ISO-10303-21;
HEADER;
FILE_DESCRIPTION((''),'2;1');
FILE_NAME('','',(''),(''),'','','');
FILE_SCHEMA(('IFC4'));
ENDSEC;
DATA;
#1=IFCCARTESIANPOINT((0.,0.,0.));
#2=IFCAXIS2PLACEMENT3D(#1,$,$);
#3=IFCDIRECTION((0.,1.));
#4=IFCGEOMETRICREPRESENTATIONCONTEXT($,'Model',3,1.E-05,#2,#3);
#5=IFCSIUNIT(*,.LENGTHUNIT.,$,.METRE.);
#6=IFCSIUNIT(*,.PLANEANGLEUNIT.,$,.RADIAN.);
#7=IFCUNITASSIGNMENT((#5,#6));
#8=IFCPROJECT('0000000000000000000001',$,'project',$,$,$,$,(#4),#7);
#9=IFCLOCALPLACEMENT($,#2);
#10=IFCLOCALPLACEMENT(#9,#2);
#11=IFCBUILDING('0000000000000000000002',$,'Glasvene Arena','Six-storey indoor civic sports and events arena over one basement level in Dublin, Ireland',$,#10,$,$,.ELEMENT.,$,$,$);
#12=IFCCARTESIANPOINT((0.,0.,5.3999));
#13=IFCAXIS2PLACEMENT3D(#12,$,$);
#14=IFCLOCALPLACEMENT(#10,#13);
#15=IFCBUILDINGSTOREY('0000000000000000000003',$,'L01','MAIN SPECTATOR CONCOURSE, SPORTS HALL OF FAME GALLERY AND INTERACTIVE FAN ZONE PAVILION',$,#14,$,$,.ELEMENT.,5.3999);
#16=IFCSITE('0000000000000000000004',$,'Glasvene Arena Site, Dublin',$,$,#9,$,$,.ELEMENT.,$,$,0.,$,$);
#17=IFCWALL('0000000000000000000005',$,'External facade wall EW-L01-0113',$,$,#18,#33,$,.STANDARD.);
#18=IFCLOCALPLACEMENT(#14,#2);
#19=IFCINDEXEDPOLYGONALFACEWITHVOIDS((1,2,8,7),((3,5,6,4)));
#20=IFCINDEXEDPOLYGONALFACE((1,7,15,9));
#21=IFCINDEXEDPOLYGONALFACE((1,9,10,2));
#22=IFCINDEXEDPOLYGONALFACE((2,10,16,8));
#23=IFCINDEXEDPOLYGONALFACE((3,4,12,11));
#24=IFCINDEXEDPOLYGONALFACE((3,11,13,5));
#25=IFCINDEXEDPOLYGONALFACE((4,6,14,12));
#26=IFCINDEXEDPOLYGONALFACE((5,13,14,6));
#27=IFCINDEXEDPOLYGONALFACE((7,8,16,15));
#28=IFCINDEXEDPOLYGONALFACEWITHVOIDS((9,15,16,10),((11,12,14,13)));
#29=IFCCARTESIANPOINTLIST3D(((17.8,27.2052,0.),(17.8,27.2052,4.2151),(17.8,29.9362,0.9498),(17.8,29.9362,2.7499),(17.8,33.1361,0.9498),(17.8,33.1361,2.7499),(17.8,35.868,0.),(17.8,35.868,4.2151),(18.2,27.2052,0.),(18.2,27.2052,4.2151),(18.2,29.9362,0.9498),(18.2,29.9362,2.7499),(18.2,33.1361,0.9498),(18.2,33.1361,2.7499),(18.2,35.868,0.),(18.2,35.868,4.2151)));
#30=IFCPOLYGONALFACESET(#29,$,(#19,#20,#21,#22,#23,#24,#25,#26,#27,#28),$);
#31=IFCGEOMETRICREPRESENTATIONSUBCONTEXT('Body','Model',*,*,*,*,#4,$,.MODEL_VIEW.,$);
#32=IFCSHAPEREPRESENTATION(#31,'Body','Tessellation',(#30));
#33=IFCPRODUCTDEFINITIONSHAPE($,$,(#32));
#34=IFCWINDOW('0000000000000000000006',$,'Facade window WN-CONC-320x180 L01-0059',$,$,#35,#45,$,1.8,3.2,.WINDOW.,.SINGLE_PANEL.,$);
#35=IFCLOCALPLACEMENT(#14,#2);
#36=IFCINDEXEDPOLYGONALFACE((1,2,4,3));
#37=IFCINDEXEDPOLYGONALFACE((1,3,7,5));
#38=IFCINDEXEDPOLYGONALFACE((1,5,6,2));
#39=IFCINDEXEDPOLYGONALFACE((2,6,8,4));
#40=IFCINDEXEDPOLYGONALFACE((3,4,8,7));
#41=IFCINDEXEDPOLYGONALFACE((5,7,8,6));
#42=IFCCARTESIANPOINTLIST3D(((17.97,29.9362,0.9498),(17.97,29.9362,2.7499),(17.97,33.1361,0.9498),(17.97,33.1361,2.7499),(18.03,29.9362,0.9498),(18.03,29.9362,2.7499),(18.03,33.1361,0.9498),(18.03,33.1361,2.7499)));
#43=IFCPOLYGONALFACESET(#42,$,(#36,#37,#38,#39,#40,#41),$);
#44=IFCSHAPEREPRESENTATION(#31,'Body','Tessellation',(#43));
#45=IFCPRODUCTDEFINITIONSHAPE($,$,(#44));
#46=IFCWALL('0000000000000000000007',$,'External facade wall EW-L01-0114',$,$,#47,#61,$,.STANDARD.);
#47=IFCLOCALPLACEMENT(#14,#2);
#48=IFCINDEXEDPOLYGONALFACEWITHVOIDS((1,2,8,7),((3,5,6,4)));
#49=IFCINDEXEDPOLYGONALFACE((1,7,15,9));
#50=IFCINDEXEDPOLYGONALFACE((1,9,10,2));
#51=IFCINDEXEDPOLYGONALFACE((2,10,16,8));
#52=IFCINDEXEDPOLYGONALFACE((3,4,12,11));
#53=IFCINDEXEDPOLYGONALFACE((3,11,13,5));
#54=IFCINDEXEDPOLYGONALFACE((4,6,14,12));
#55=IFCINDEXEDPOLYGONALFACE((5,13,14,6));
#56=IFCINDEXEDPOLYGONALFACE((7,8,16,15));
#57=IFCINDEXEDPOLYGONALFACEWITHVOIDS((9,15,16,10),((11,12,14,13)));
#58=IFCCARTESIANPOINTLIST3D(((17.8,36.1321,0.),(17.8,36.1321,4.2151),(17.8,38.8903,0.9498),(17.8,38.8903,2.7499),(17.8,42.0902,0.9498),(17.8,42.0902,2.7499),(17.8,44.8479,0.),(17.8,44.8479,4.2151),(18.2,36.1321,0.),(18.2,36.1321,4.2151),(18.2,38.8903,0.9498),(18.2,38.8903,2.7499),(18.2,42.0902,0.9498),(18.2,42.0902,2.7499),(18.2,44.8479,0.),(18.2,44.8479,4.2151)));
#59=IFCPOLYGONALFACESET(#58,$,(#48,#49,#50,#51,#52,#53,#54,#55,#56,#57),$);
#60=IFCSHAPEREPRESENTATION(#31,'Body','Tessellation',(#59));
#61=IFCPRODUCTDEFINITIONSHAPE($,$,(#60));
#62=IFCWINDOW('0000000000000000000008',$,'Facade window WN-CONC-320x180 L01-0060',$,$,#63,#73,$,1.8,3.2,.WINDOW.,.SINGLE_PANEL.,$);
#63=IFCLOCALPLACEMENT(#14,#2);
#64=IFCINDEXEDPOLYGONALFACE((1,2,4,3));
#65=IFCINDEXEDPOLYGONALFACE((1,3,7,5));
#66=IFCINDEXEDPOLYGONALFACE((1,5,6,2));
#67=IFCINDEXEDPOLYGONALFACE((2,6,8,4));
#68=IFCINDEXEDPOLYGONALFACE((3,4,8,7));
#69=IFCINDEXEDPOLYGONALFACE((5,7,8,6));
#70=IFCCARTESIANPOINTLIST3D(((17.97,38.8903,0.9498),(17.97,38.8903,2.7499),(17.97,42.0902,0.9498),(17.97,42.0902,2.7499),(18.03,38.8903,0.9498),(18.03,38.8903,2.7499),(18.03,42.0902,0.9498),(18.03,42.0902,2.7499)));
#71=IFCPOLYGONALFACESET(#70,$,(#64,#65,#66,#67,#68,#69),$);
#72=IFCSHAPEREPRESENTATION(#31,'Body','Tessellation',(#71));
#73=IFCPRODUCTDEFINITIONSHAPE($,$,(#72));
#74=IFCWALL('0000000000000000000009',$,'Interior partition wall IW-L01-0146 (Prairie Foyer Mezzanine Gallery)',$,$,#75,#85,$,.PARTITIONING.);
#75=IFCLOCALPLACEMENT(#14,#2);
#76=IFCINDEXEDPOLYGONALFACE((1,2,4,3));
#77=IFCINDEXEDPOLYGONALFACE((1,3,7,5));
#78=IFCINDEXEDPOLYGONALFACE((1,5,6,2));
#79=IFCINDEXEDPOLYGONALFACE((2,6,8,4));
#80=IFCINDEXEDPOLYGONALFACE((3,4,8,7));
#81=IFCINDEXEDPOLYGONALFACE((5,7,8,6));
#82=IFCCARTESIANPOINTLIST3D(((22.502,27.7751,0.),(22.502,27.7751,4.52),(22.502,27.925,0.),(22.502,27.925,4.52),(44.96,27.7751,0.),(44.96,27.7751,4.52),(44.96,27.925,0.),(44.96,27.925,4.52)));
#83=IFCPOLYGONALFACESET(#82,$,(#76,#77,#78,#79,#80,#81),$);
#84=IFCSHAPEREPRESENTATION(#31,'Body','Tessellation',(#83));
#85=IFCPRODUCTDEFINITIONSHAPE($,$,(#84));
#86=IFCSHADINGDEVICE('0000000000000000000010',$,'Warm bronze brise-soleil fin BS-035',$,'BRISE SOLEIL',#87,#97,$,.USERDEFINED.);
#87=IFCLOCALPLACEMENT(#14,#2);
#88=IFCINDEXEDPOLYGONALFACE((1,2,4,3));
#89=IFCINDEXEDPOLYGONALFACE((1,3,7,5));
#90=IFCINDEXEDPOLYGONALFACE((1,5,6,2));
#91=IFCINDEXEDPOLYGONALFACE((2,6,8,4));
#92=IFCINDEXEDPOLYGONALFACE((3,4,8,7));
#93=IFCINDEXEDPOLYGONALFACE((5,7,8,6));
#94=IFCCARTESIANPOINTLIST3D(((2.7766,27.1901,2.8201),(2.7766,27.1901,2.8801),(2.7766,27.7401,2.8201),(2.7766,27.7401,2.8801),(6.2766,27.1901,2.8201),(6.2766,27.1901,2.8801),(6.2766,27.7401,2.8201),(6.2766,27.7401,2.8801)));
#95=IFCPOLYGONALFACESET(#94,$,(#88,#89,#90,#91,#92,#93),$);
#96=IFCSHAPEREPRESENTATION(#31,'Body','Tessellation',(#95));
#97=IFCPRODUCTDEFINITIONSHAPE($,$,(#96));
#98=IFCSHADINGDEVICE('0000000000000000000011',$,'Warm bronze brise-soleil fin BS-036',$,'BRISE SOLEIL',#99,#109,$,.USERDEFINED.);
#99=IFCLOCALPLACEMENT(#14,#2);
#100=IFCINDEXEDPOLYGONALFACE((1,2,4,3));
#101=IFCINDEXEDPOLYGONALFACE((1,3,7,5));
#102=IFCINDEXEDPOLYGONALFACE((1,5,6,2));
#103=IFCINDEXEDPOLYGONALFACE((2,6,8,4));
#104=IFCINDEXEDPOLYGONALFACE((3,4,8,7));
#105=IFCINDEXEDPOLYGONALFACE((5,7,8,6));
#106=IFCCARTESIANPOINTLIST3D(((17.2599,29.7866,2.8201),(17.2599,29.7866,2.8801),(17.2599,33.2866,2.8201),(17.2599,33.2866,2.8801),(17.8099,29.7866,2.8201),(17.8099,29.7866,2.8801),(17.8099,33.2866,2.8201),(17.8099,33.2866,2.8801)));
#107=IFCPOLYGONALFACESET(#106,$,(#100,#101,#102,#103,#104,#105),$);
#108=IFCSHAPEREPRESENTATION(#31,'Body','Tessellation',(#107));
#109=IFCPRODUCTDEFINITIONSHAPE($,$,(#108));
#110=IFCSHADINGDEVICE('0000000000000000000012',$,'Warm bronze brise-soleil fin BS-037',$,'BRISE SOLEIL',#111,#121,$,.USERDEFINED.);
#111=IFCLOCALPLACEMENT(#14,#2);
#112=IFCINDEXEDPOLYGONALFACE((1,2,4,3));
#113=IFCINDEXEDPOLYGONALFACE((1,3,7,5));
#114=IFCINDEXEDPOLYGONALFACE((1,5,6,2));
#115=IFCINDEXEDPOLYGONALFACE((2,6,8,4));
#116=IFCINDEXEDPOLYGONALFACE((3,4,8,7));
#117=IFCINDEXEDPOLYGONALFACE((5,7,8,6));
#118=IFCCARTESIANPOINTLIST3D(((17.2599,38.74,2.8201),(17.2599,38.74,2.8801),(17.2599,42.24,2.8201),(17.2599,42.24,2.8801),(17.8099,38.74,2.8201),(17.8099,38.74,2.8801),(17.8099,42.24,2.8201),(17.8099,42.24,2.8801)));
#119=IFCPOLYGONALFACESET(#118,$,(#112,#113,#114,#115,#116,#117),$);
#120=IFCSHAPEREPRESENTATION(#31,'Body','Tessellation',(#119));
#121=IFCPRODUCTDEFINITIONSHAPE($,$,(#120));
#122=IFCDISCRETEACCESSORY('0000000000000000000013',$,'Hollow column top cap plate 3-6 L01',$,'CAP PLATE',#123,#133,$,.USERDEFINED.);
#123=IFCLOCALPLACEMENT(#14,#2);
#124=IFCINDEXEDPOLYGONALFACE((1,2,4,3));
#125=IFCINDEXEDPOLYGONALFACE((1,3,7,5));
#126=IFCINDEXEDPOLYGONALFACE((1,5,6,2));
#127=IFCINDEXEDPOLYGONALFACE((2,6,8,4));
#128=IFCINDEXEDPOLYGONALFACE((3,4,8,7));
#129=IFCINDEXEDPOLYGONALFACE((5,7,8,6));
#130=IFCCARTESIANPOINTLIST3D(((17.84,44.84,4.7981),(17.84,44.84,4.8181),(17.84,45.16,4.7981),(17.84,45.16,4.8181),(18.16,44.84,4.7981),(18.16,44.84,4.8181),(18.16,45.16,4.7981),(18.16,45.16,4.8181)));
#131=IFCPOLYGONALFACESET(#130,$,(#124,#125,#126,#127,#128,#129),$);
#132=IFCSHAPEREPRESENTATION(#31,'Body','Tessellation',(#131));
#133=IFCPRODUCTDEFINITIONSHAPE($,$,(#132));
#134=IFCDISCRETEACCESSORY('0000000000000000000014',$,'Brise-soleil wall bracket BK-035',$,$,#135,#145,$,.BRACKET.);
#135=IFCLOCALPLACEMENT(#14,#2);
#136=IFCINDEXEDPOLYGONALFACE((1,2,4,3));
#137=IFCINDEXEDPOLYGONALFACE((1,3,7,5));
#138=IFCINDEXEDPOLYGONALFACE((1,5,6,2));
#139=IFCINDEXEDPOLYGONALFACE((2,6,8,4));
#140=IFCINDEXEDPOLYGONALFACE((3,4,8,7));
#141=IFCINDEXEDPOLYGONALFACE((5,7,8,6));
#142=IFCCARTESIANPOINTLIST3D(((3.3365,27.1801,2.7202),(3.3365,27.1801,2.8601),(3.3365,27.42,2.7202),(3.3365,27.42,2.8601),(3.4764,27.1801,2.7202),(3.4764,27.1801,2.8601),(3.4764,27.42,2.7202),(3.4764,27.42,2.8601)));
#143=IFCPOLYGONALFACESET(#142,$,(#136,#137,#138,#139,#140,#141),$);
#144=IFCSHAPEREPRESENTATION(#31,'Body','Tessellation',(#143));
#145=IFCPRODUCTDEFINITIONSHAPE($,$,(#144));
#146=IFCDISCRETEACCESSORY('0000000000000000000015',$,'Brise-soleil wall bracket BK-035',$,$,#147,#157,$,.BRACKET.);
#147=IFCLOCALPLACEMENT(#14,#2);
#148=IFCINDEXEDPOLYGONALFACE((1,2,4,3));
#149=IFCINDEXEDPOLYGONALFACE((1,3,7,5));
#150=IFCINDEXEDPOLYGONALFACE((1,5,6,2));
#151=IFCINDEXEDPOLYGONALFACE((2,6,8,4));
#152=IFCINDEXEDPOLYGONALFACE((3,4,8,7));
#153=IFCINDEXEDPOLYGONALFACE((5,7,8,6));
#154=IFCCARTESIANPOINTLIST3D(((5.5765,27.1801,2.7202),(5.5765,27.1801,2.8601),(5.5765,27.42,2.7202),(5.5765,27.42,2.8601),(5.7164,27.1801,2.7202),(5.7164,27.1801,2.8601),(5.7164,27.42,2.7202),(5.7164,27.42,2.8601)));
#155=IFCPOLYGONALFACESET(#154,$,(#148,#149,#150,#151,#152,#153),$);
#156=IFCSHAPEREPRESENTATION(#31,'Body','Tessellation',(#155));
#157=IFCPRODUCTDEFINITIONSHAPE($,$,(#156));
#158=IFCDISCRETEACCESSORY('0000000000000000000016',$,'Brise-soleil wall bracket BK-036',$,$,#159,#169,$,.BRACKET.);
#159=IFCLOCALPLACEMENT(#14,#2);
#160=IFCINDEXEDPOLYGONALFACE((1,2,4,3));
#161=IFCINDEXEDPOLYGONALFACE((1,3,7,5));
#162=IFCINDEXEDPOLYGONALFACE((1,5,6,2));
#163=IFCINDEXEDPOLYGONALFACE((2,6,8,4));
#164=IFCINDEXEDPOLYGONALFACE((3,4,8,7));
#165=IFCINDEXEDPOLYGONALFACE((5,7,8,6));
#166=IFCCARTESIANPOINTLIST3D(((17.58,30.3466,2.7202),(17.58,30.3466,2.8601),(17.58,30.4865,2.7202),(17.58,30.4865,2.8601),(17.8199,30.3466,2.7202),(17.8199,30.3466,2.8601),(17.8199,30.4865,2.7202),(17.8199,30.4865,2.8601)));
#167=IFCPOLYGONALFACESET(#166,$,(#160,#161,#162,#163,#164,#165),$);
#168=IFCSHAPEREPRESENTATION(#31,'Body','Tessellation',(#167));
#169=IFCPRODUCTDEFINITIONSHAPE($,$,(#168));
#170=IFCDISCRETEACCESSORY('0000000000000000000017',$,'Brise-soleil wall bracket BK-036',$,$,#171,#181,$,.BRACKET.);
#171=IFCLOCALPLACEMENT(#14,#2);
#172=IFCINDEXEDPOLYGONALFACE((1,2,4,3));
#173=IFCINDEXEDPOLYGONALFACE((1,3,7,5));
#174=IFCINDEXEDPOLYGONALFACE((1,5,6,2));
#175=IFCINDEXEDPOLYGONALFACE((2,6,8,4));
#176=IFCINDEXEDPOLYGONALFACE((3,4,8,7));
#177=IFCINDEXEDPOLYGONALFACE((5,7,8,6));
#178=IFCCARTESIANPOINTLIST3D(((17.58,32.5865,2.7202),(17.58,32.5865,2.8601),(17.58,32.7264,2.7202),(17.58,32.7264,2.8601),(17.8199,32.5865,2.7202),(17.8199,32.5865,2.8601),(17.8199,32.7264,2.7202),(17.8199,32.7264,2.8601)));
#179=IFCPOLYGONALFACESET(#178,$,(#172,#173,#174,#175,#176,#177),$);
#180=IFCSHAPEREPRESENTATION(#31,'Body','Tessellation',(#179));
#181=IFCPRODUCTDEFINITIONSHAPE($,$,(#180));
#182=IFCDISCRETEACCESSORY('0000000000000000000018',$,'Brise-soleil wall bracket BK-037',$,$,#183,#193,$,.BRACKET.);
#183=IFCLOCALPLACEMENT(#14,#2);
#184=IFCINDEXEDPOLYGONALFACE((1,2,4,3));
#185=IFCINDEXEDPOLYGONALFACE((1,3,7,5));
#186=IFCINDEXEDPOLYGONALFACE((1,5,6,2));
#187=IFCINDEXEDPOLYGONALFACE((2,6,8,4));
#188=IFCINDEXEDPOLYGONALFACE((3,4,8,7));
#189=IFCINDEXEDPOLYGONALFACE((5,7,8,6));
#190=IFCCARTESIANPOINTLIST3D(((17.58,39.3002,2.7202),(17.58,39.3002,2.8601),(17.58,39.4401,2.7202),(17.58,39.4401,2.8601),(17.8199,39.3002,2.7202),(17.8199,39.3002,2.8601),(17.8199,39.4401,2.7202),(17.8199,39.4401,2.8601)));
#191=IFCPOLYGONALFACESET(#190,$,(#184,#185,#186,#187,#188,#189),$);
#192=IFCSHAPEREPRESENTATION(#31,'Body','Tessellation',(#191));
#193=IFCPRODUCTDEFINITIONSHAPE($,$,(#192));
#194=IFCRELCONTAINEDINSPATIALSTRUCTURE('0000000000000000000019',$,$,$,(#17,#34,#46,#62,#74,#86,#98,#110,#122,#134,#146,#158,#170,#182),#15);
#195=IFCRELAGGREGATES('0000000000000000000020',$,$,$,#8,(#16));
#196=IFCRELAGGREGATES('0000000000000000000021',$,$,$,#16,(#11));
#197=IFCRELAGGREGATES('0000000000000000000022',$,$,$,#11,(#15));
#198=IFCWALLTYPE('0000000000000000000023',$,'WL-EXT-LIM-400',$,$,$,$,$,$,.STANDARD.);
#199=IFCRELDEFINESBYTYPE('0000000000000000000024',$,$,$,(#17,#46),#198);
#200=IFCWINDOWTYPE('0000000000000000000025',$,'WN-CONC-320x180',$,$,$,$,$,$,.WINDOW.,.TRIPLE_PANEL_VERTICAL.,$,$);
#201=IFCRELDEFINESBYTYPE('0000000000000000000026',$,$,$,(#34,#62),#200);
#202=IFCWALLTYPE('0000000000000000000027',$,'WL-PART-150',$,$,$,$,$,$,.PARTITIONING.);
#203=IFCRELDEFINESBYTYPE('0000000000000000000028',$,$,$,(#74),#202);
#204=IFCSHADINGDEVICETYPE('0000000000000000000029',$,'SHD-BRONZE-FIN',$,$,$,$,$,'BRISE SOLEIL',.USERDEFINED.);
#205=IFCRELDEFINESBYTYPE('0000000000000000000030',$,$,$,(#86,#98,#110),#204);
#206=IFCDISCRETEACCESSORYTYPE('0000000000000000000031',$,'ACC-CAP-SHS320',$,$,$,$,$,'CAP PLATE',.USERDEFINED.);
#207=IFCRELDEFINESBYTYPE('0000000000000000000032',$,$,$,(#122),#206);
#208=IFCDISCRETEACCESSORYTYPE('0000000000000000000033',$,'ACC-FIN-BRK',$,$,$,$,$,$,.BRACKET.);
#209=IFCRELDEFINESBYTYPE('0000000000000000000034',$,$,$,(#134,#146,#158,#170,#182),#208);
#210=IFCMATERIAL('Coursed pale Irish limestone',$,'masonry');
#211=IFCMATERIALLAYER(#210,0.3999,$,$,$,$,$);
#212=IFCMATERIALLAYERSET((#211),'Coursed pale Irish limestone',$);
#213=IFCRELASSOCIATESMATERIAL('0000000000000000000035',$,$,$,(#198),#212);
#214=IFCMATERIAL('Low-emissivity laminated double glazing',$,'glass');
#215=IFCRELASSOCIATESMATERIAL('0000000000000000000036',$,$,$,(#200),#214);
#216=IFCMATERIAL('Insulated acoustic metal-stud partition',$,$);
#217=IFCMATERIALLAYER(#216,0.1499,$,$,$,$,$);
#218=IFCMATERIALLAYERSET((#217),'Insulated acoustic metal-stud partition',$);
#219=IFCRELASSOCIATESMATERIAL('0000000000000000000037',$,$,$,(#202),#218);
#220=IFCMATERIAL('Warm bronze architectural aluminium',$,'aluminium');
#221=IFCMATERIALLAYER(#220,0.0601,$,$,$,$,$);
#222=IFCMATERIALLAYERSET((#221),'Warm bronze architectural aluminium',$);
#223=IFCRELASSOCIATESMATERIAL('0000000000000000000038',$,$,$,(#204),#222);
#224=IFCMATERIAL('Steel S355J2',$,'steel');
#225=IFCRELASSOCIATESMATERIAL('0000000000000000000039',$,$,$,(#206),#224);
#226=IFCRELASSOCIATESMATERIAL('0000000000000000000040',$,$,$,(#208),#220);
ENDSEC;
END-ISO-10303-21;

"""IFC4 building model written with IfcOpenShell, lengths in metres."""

from ifc_helpers import new_model, si_unit, direction, frame, frame_2d, origin, origin_2d, place, context, subcontext, project, spatial, rectangle, extrude, material, layer, layer_set, type_object, element, fill, save


model = new_model("IFC4")

# Units and contexts
model_context = context("Model", 3, precision=1e-05, world=origin(), true_north=direction((0.0, 1.0)))
body_context = subcontext(model_context, "Body", "Model", "MODEL_VIEW")
ifc_project = project(units=[si_unit("LENGTHUNIT", "METRE"), si_unit("PLANEANGLEUNIT", "RADIAN")], contexts=[model_context])

# Site, building, storey
site_placement = place(None, origin())
site = spatial("IfcSite", under=ifc_project, at=site_placement, Name="Glasvene Arena Site, Dublin", CompositionType="ELEMENT", RefElevation=0.0)
building_placement = place(site_placement, origin())
building = spatial("IfcBuilding", under=site, at=building_placement, Name="Glasvene Arena", Description="Six-storey indoor civic sports and events arena over one basement level in Dublin, Ireland", CompositionType="ELEMENT")
storey_placement = place(building_placement, frame((0.0, 0.0, 5.3999)))
storey = spatial("IfcBuildingStorey", under=building, at=storey_placement, Name="L01", Description="MAIN SPECTATOR CONCOURSE, SPORTS HALL OF FAME GALLERY AND INTERACTIVE FAN ZONE PAVILION", CompositionType="ELEMENT", Elevation=5.3999)

# Shared definitions
ifc_material_1 = material(Name="Steel S355J2", Category="steel")

# Shared definitions
ifc_material_2 = material(Name="Low-emissivity laminated double glazing", Category="glass")

# Walls, openings, windows
ifc_material_3 = material(Name="Coursed pale Irish limestone", Category="masonry")
ifc_layer_1 = layer(ifc_material_3, 0.3999)
ifc_layer_set_1 = layer_set([ifc_layer_1], Name="Coursed pale Irish limestone")
wall_type_1 = type_object("IfcWallType", Name="WL-EXT-LIM-400", PredefinedType="STANDARD", material=ifc_layer_set_1)
wall_1_placement = place(storey_placement, frame((18.0, 27.2051, 0.0), z_axis=(0.0, 0.0, 1.0), x_axis=(0.0, 1.0, 0.0)))
wall_1 = element("IfcWall", 1, at=wall_1_placement, inside=storey, type_object=wall_type_1, Name="External facade wall EW-L01-0113", PredefinedType="STANDARD", context=body_context, shape_type="SweptSolid", body=[
    extrude(rectangle(XDim=8.6628, YDim=0.3999, at=frame_2d((4.3315, 0.0))), origin(), (0.0, 0.0, 1.0), 4.2151),
])
opening_1_placement = place(wall_1_placement, frame((2.731, 0.0, 0.95)))
opening_1 = element("IfcOpeningElement", 2, at=opening_1_placement, cuts=wall_1, PredefinedType="OPENING", context=body_context, shape_type="SweptSolid", body=[
    extrude(rectangle(XDim=3.2, YDim=1.8, at=frame_2d((1.6001, 0.8999))), frame((0.0, 0.21, 0.0), z_axis=(0.0, -1.0, 0.0), x_axis=(1.0, 0.0, 0.0)), (0.0, 0.0, 1.0), 0.4199),
])
window_type = type_object("IfcWindowType", Name="WN-CONC-320x180", PartitioningType="TRIPLE_PANEL_VERTICAL", PredefinedType="WINDOW", material=ifc_material_2)
window_1_placement = place(opening_1_placement, origin())
window_1 = element("IfcWindow", 3, at=window_1_placement, inside=storey, type_object=window_type, Name="Facade window WN-CONC-320x180 L01-0059", OverallHeight=1.8, OverallWidth=3.2, PartitioningType="SINGLE_PANEL", PredefinedType="WINDOW", context=body_context, shape_type="SweptSolid", body=[
    extrude(rectangle(XDim=3.2, YDim=1.8, at=frame_2d((1.6001, 0.8999))), frame((0.0, 0.03, 0.0), z_axis=(0.0, -1.0, 0.0), x_axis=(1.0, 0.0, 0.0)), (0.0, 0.0, 1.0), 0.0601),
])
fill(opening_1, window_1)
wall_2_placement = place(storey_placement, frame((18.0, 36.1321, 0.0), z_axis=(0.0, 0.0, 1.0), x_axis=(0.0, 1.0, 0.0)))
wall_2 = element("IfcWall", 4, at=wall_2_placement, inside=storey, type_object=wall_type_1, Name="External facade wall EW-L01-0114", PredefinedType="STANDARD", context=body_context, shape_type="SweptSolid", body=[
    extrude(rectangle(XDim=8.7158, YDim=0.3999, at=frame_2d((4.3579, 0.0))), origin(), (0.0, 0.0, 1.0), 4.2151),
])
opening_2_placement = place(wall_2_placement, frame((2.7581, 0.0, 0.95)))
opening_2 = element("IfcOpeningElement", 5, at=opening_2_placement, cuts=wall_2, PredefinedType="OPENING", context=body_context, shape_type="SweptSolid", body=[
    extrude(rectangle(XDim=3.2, YDim=1.8, at=frame_2d((1.6001, 0.8999))), frame((0.0, 0.21, 0.0), z_axis=(0.0, -1.0, 0.0), x_axis=(1.0, 0.0, 0.0)), (0.0, 0.0, 1.0), 0.4199),
])
window_2_placement = place(opening_2_placement, origin())
window_2 = element("IfcWindow", 6, at=window_2_placement, inside=storey, type_object=window_type, Name="Facade window WN-CONC-320x180 L01-0060", OverallHeight=1.8, OverallWidth=3.2, PartitioningType="SINGLE_PANEL", PredefinedType="WINDOW", context=body_context, shape_type="SweptSolid", body=[
    extrude(rectangle(XDim=3.2, YDim=1.8, at=frame_2d((1.6001, 0.8999))), frame((0.0, 0.03, 0.0), z_axis=(0.0, -1.0, 0.0), x_axis=(1.0, 0.0, 0.0)), (0.0, 0.0, 1.0), 0.0601),
])
fill(opening_2, window_2)

# Wall
ifc_material_4 = material(Name="Insulated acoustic metal-stud partition")
ifc_layer_2 = layer(ifc_material_4, 0.1499)
ifc_layer_set_2 = layer_set([ifc_layer_2], Name="Insulated acoustic metal-stud partition")
wall_type_2 = type_object("IfcWallType", Name="WL-PART-150", PredefinedType="PARTITIONING", material=ifc_layer_set_2)
wall_3_placement = place(storey_placement, frame((22.502, 27.8501, 0.0), z_axis=(0.0, 0.0, 1.0), x_axis=(1.0, 0.0, 0.0)))
element("IfcWall", 7, at=wall_3_placement, inside=storey, type_object=wall_type_2, Name="Interior partition wall IW-L01-0146 (Prairie Foyer Mezzanine Gallery)", PredefinedType="PARTITIONING", context=body_context, shape_type="SweptSolid", body=[
    extrude(rectangle(XDim=22.458, YDim=0.1499, at=frame_2d((11.229, 0.0))), origin(), (0.0, 0.0, 1.0), 4.52),
])

# Shading devices
ifc_material_5 = material(Name="Warm bronze architectural aluminium", Category="aluminium")
ifc_layer_3 = layer(ifc_material_5, 0.0601)
ifc_layer_set_3 = layer_set([ifc_layer_3], Name="Warm bronze architectural aluminium")
shading_device_type = type_object("IfcShadingDeviceType", Name="SHD-BRONZE-FIN", ElementType="BRISE SOLEIL", PredefinedType="USERDEFINED", material=ifc_layer_set_3)
for number, where, z_axis, x_axis, name in (
    (8, (4.5266, 27.4651, 2.8201), (0.0, 0.0, 1.0), (1.0, 0.0, 0.0), "Warm bronze brise-soleil fin BS-035"),
    (9, (17.5349, 31.5366, 2.8201), (0.0, 0.0, 1.0), (0.0, 1.0, 0.0), "Warm bronze brise-soleil fin BS-036"),
    (10, (17.5349, 40.49, 2.8201), (0.0, 0.0, 1.0), (0.0, 1.0, 0.0), "Warm bronze brise-soleil fin BS-037"),
):
    element("IfcShadingDevice", number, at=place(storey_placement, frame(where, z_axis=z_axis, x_axis=x_axis)), inside=storey, type_object=shading_device_type, Name=name, ObjectType="BRISE SOLEIL", PredefinedType="USERDEFINED", context=body_context, shape_type="SweptSolid", body=[
        extrude(rectangle(XDim=3.5, YDim=0.55, at=origin_2d()), origin(), (0.0, 0.0, 1.0), 0.0601),
    ])

# Discrete accessories
discrete_accessory_type_1 = type_object("IfcDiscreteAccessoryType", Name="ACC-CAP-SHS320", ElementType="CAP PLATE", PredefinedType="USERDEFINED", material=ifc_material_1)
discrete_accessory_placement = place(storey_placement, frame((18.0, 45.0, 4.7981), z_axis=(0.0, 0.0, 1.0), x_axis=(1.0, 0.0, 0.0)))
element("IfcDiscreteAccessory", 11, at=discrete_accessory_placement, inside=storey, type_object=discrete_accessory_type_1, Name="Hollow column top cap plate 3-6 L01", ObjectType="CAP PLATE", PredefinedType="USERDEFINED", context=body_context, shape_type="SweptSolid", body=[
    extrude(rectangle(XDim=0.3201, YDim=0.3201, at=origin_2d()), origin(), (0.0, 0.0, 1.0), 0.02),
])
discrete_accessory_type_2 = type_object("IfcDiscreteAccessoryType", Name="ACC-FIN-BRK", PredefinedType="BRACKET", material=ifc_material_5)
for number, where, z_axis, x_axis, name in (
    (12, (3.4065, 27.3, 2.7202), (0.0, 0.0, 1.0), (1.0, 0.0, 0.0), "Brise-soleil wall bracket BK-035"),
    (13, (5.6465, 27.3, 2.7202), (0.0, 0.0, 1.0), (1.0, 0.0, 0.0), "Brise-soleil wall bracket BK-035"),
    (14, (17.7, 30.4165, 2.7202), (0.0, 0.0, 1.0), (0.0, 1.0, 0.0), "Brise-soleil wall bracket BK-036"),
    (15, (17.7, 32.6565, 2.7202), (0.0, 0.0, 1.0), (0.0, 1.0, 0.0), "Brise-soleil wall bracket BK-036"),
    (16, (17.7, 39.3701, 2.7202), (0.0, 0.0, 1.0), (0.0, 1.0, 0.0), "Brise-soleil wall bracket BK-037"),
):
    element("IfcDiscreteAccessory", number, at=place(storey_placement, frame(where, z_axis=z_axis, x_axis=x_axis)), inside=storey, type_object=discrete_accessory_type_2, Name=name, PredefinedType="BRACKET", context=body_context, shape_type="SweptSolid", body=[
        extrude(rectangle(XDim=0.1399, YDim=0.24, at=origin_2d()), origin(), (0.0, 0.0, 1.0), 0.1399),
    ])

save(model, "model.ifc")
